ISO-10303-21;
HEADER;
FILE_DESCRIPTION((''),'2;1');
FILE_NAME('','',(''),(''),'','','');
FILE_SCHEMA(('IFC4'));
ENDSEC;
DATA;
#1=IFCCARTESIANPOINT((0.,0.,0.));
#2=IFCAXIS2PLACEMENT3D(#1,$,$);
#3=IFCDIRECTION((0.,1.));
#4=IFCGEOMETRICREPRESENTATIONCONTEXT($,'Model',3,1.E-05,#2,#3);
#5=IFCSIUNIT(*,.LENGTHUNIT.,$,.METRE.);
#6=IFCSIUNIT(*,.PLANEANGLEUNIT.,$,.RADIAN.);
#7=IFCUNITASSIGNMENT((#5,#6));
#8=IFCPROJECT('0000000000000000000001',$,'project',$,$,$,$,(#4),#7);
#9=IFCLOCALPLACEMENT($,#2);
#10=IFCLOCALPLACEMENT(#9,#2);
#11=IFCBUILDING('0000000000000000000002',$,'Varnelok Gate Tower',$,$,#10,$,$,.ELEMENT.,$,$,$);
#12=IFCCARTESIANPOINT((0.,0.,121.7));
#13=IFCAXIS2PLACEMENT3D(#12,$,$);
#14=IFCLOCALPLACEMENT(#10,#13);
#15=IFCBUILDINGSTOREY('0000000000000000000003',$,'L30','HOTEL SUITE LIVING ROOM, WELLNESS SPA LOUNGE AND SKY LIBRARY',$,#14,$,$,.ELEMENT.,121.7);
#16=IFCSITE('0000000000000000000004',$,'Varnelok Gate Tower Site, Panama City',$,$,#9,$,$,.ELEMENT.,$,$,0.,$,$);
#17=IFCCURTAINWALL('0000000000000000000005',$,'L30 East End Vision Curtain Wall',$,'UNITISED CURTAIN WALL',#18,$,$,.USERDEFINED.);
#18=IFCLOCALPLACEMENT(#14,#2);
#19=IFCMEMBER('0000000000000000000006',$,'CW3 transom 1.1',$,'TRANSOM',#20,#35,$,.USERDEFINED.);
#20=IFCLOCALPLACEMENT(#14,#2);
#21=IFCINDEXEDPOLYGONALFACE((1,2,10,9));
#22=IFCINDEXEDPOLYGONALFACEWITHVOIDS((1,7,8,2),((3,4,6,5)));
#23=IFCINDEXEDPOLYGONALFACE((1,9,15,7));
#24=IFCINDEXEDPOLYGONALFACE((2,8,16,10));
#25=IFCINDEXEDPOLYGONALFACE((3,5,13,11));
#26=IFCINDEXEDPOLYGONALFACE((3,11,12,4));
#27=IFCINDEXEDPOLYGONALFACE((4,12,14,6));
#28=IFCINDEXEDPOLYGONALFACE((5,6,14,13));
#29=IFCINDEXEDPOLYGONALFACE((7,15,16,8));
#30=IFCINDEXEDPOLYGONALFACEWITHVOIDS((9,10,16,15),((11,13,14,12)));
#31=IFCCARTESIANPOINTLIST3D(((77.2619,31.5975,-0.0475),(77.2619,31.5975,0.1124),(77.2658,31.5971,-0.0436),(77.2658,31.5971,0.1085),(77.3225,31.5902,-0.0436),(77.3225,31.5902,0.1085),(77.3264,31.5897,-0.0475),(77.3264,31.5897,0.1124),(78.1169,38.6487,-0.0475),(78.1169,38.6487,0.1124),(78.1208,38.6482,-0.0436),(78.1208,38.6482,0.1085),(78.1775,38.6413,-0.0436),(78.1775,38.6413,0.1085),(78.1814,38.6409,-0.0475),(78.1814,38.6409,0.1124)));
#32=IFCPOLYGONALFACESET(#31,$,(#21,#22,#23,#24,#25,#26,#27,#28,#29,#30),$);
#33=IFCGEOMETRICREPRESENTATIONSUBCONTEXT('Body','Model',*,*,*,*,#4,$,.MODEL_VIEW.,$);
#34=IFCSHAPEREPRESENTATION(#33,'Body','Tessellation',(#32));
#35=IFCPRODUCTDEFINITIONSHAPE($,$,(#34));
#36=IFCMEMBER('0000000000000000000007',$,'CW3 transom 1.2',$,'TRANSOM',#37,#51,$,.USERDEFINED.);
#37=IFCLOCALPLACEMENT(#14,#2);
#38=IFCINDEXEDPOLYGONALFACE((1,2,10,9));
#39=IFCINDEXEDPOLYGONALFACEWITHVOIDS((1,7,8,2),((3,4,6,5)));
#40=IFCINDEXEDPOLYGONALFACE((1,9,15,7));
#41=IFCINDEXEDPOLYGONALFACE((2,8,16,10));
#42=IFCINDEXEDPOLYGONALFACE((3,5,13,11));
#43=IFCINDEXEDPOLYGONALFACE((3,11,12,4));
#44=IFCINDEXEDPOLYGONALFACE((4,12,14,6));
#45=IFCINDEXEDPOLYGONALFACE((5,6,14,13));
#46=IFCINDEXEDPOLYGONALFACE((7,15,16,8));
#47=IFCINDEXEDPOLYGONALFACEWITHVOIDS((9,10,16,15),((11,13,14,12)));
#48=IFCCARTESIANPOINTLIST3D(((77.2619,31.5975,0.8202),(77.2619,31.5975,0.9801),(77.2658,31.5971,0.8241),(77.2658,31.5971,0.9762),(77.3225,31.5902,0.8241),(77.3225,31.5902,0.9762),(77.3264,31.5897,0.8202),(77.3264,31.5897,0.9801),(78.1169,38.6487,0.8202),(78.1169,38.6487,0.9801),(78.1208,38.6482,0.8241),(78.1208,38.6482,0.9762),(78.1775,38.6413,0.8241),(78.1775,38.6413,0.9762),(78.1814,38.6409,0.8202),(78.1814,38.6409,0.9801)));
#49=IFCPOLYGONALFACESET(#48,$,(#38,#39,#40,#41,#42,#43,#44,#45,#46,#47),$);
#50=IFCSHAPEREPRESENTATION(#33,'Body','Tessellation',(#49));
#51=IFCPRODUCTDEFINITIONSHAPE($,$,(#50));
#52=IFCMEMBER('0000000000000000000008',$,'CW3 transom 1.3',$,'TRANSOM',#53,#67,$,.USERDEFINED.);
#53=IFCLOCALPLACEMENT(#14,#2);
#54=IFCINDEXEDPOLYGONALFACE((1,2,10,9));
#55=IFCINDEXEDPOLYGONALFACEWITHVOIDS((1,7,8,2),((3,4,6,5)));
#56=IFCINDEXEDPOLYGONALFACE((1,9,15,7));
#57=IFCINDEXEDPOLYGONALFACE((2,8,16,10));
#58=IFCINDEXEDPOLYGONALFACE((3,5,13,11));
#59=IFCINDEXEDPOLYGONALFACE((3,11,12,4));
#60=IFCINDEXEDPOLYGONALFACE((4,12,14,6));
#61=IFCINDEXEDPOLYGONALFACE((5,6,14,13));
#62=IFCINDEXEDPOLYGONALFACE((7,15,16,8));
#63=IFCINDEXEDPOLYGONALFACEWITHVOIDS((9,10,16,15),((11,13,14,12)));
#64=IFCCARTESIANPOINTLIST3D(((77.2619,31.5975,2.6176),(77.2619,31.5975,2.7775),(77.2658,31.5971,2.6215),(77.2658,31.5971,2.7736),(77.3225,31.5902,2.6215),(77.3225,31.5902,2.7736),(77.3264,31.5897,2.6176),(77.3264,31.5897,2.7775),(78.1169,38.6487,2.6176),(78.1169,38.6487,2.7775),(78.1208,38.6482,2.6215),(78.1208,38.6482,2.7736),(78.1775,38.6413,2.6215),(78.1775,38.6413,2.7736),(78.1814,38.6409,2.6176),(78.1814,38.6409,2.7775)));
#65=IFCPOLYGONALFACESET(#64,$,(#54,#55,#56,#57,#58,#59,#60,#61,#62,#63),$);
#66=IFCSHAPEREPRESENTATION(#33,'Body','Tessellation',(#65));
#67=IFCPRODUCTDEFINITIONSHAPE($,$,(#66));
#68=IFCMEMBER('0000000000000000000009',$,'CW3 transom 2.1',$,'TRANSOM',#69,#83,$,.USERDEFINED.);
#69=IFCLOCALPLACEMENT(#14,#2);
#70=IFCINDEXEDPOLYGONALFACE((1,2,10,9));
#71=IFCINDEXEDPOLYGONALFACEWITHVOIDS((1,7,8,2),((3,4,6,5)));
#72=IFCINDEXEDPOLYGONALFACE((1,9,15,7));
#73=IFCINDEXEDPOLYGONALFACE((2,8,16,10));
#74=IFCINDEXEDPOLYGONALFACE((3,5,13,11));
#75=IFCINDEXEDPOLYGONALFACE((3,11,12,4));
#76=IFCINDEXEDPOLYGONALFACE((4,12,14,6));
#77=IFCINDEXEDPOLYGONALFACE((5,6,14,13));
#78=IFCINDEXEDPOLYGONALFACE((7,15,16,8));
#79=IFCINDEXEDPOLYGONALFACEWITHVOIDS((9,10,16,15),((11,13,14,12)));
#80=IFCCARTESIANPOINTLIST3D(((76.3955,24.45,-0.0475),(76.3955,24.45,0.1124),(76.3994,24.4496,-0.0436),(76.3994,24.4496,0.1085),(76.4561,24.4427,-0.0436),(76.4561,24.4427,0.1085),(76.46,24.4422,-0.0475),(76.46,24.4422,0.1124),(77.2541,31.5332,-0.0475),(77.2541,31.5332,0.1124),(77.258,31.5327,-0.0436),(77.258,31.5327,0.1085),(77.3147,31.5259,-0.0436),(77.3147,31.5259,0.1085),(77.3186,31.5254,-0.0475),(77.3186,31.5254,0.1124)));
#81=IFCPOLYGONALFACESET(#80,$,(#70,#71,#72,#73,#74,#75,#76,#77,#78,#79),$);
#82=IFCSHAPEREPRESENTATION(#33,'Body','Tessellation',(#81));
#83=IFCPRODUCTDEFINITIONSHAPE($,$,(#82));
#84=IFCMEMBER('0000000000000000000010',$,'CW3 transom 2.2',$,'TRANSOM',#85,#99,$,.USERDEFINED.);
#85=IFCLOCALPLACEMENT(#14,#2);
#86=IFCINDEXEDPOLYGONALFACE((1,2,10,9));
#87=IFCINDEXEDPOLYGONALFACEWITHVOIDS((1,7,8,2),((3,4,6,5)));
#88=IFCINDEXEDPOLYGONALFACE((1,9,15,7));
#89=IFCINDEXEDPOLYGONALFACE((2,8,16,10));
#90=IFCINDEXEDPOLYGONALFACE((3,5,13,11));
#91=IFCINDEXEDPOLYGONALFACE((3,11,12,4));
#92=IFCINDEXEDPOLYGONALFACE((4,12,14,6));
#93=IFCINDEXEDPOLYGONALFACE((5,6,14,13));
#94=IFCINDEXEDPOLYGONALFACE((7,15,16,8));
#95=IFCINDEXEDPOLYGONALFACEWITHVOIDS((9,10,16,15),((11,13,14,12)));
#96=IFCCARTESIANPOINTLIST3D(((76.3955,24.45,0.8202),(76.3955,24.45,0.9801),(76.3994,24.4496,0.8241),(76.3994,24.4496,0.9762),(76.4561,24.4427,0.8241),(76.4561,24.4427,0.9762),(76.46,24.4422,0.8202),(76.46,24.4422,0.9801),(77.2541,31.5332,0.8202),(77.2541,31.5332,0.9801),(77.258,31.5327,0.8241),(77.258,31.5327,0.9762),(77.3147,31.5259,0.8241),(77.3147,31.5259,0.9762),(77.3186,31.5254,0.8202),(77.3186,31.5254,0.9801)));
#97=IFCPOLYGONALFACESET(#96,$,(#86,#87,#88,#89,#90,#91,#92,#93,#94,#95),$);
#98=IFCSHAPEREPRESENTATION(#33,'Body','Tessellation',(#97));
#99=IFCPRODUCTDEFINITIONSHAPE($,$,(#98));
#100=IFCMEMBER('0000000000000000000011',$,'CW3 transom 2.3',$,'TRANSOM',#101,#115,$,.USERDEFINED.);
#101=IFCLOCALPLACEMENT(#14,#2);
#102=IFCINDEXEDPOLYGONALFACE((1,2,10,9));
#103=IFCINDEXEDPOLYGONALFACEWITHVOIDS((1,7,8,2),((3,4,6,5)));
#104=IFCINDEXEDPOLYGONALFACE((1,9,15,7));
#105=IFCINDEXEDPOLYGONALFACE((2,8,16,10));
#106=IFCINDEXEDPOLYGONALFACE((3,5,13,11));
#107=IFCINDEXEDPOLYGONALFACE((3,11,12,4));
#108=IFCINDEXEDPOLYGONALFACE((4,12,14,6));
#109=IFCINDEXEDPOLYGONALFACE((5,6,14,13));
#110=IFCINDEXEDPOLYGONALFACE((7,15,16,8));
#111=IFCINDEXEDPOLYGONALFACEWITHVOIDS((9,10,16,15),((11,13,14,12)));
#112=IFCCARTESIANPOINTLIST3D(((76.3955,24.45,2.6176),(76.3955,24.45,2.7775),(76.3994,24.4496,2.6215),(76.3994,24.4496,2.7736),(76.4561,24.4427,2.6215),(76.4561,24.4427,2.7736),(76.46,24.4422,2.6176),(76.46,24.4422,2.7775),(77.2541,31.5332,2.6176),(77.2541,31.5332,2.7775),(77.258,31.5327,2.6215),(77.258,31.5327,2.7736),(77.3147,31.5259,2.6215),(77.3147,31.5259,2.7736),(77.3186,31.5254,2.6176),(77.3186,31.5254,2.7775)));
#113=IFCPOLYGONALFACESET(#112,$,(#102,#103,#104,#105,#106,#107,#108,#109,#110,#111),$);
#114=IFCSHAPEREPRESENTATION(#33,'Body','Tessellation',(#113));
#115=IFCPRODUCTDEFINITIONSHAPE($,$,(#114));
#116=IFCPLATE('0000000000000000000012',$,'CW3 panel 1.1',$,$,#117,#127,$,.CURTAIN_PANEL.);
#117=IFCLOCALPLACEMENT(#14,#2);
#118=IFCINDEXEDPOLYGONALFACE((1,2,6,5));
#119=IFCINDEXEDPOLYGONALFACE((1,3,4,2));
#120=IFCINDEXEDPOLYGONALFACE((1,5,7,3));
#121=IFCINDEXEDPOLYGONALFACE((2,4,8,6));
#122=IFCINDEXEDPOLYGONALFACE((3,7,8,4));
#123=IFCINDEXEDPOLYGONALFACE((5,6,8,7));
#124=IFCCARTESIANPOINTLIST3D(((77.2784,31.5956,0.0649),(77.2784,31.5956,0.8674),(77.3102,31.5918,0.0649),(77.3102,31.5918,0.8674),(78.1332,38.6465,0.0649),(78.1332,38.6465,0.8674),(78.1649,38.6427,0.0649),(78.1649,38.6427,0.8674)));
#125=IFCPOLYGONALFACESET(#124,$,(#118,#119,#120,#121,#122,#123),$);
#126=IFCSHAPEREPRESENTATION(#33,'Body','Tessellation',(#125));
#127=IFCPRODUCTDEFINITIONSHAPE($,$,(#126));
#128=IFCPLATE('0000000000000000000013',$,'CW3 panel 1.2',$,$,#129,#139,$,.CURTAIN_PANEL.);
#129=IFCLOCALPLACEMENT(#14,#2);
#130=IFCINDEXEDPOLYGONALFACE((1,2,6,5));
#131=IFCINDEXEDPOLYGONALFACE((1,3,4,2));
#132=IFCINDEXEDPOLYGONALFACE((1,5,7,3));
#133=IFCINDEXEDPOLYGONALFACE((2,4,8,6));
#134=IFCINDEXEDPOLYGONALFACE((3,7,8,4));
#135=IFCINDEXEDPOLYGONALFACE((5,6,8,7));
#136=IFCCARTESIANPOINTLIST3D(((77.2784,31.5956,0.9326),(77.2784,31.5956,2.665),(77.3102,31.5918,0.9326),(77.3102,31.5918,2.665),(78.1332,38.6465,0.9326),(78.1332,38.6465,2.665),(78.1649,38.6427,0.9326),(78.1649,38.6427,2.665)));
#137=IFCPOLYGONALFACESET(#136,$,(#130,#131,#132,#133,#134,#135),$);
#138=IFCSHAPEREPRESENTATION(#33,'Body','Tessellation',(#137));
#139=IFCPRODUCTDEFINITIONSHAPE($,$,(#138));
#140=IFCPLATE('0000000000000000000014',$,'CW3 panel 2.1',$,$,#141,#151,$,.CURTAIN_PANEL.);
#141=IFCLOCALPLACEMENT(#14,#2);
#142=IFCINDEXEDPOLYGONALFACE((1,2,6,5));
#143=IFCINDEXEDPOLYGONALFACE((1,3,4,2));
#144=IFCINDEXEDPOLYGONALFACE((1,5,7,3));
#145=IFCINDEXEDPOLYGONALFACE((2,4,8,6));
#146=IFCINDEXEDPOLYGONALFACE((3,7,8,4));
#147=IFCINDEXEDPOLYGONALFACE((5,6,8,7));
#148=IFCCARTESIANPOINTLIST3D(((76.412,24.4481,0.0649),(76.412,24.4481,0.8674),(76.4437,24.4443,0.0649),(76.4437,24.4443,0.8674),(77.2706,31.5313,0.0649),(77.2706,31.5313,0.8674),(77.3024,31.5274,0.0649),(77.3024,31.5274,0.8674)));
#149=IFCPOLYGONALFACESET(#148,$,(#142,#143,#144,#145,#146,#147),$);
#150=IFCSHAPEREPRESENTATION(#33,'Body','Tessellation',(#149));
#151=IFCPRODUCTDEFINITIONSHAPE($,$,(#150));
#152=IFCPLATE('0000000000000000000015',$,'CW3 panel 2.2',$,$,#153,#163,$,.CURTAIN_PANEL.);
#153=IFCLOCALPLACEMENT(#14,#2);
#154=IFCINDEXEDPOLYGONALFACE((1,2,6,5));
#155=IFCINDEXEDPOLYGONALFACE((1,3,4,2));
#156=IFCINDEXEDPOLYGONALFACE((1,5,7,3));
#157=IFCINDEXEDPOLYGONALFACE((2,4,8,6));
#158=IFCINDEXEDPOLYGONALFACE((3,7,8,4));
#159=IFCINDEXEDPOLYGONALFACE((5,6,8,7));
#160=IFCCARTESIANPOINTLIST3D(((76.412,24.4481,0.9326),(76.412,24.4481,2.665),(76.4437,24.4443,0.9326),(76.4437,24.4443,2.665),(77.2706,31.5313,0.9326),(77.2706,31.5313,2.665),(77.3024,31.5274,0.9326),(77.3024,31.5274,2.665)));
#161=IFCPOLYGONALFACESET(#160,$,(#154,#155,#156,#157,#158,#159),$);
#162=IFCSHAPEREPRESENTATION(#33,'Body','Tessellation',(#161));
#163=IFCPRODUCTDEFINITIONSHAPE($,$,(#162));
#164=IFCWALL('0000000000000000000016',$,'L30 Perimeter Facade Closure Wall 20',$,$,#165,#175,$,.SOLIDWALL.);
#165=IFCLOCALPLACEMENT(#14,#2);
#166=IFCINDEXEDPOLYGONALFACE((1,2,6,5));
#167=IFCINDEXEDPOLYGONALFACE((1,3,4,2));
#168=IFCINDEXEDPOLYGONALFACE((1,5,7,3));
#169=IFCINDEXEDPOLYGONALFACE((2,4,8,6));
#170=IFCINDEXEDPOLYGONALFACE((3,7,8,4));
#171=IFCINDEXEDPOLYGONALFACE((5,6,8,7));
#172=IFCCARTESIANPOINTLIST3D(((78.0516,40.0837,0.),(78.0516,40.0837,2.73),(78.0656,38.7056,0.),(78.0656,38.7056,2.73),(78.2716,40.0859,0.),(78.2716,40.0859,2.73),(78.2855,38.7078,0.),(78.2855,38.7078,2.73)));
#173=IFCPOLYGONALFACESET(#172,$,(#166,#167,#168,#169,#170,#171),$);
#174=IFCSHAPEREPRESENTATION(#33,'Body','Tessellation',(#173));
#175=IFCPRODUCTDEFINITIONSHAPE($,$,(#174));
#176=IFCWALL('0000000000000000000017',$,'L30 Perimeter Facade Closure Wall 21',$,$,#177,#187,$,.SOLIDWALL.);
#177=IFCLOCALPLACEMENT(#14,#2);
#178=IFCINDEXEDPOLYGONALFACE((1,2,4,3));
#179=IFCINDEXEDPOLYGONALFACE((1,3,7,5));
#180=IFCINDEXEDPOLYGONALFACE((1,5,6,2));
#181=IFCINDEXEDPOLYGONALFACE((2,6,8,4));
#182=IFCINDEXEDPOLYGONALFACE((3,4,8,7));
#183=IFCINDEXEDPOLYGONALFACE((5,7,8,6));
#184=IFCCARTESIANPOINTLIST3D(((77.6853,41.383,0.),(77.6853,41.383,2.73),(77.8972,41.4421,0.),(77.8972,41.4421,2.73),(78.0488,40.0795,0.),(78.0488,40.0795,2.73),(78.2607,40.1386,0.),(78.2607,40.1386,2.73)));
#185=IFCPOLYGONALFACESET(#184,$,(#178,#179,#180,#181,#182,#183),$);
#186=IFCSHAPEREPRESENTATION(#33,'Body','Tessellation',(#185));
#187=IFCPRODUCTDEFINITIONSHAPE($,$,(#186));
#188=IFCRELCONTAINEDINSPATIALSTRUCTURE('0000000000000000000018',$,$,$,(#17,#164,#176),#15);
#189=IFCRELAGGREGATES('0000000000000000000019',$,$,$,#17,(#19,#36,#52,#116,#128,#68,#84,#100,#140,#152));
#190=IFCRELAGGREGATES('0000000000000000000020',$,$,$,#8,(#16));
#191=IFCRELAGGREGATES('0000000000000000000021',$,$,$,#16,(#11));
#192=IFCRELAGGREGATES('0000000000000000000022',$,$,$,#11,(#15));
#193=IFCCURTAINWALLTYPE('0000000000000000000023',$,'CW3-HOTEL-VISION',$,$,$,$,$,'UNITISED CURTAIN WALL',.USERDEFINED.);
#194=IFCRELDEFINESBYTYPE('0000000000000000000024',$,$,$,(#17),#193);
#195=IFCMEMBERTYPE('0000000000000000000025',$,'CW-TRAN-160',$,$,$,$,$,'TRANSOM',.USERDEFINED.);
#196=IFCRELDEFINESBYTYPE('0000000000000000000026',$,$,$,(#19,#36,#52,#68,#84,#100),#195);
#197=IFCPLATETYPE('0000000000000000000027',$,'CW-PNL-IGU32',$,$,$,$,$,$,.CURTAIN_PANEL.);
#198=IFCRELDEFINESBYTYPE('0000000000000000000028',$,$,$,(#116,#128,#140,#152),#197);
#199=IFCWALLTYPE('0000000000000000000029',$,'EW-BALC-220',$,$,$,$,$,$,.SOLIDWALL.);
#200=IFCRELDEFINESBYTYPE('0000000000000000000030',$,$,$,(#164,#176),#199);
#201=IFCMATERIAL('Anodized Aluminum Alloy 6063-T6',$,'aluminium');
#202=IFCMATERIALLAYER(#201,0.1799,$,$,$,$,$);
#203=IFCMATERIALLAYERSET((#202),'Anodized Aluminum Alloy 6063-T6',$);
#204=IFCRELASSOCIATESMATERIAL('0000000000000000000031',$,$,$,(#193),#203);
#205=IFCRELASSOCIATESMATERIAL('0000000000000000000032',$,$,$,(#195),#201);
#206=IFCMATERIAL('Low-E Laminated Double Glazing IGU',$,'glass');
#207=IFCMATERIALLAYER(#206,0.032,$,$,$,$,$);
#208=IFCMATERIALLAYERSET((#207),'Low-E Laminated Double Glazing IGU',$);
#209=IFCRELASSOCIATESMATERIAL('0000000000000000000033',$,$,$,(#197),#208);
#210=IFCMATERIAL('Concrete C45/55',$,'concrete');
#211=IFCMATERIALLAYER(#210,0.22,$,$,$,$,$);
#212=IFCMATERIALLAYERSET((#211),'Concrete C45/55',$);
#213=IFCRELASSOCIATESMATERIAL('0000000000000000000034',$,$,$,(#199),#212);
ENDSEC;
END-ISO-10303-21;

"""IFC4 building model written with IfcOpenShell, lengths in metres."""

from ifc_helpers import new_model, si_unit, direction, frame, frame_2d, origin, origin_2d, place, context, subcontext, project, spatial, rectangle, hollow_rectangle, extrude, source, transform, mapped, material, layer, layer_set, material_profile, profile_set, type_object, element, aggregate, save


model = new_model("IFC4")

# Units and contexts
model_context = context("Model", 3, precision=1e-05, world=origin(), true_north=direction((0.0, 1.0)))
body_context = subcontext(model_context, "Body", "Model", "MODEL_VIEW")
ifc_project = project(units=[si_unit("LENGTHUNIT", "METRE"), si_unit("PLANEANGLEUNIT", "RADIAN")], contexts=[model_context])

# Site, building, storey
site_placement = place(None, origin())
site = spatial("IfcSite", under=ifc_project, at=site_placement, Name="Varnelok Gate Tower Site, Panama City", CompositionType="ELEMENT", RefElevation=0.0)
building_placement = place(site_placement, origin())
building = spatial("IfcBuilding", under=site, at=building_placement, Name="Varnelok Gate Tower", CompositionType="ELEMENT")
storey_placement = place(building_placement, frame((0.0, 0.0, 121.7)))
storey = spatial("IfcBuildingStorey", under=building, at=storey_placement, Name="L30", Description="HOTEL SUITE LIVING ROOM, WELLNESS SPA LOUNGE AND SKY LIBRARY", CompositionType="ELEMENT", Elevation=121.7)

# Curtain wall, members, plates
ifc_material_1 = material(Name="Anodized Aluminum Alloy 6063-T6", Category="aluminium")
ifc_layer_1 = layer(ifc_material_1, 0.1799)
ifc_layer_set_1 = layer_set([ifc_layer_1], Name="Anodized Aluminum Alloy 6063-T6")
curtain_wall_type = type_object("IfcCurtainWallType", Name="CW3-HOTEL-VISION", ElementType="UNITISED CURTAIN WALL", PredefinedType="USERDEFINED", material=ifc_layer_set_1)
curtain_wall_placement = place(storey_placement, origin())
curtain_wall = element("IfcCurtainWall", 1, at=curtain_wall_placement, inside=storey, type_object=curtain_wall_type, Name="L30 East End Vision Curtain Wall", ObjectType="UNITISED CURTAIN WALL", PredefinedType="USERDEFINED")
ifc_material_profile_1 = material_profile(ifc_material_1, hollow_rectangle(XDim=0.0649, YDim=0.1599, WallThickness=0.0039, at=origin_2d()), Name="ALU160X65X4")
ifc_profile_set_1 = profile_set([ifc_material_profile_1], Name="Anodized Aluminum Alloy 6063-T6")
member_type_1 = type_object("IfcMemberType", Name="CW-TRAN-160", ElementType="TRANSOM", PredefinedType="USERDEFINED", material=ifc_profile_set_1)
member_1_placement = place(storey_placement, frame((78.1492, 38.6448, 0.0325), z_axis=(-0.120374, -0.992729, 0.0), x_axis=(0.992729, -0.120374, 0.0)))
member_1 = element("IfcMember", 2, at=member_1_placement, type_object=member_type_1, Name="CW3 transom 1.1", ObjectType="TRANSOM", PredefinedType="USERDEFINED", context=body_context, shape_type="SweptSolid", body=[
    extrude(hollow_rectangle(XDim=0.0649, YDim=0.1599, WallThickness=0.0039, at=origin_2d()), origin(), (0.0, 0.0, 1.0), 7.1028),
])
member_2_placement = place(storey_placement, frame((78.1492, 38.6448, 0.9001), z_axis=(-0.120374, -0.992729, 0.0), x_axis=(0.992729, -0.120374, 0.0)))
member_2 = element("IfcMember", 3, at=member_2_placement, type_object=member_type_1, Name="CW3 transom 1.2", ObjectType="TRANSOM", PredefinedType="USERDEFINED", context=body_context, shape_type="SweptSolid", body=[
    extrude(hollow_rectangle(XDim=0.0649, YDim=0.1599, WallThickness=0.0039, at=origin_2d()), origin(), (0.0, 0.0, 1.0), 7.1028),
])
member_3_placement = place(storey_placement, frame((78.1492, 38.6448, 2.6975), z_axis=(-0.120374, -0.992729, 0.0), x_axis=(0.992729, -0.120374, 0.0)))
member_3 = element("IfcMember", 4, at=member_3_placement, type_object=member_type_1, Name="CW3 transom 1.3", ObjectType="TRANSOM", PredefinedType="USERDEFINED", context=body_context, shape_type="SweptSolid", body=[
    extrude(hollow_rectangle(XDim=0.0649, YDim=0.1599, WallThickness=0.0039, at=origin_2d()), origin(), (0.0, 0.0, 1.0), 7.1028),
])
member_4_placement = place(storey_placement, frame((77.2864, 31.5293, 0.0325), z_axis=(-0.120341, -0.992733, 0.0), x_axis=(0.992733, -0.120341, 0.0)))
member_4 = element("IfcMember", 5, at=member_4_placement, type_object=member_type_1, Name="CW3 transom 2.1", ObjectType="TRANSOM", PredefinedType="USERDEFINED", context=body_context, shape_type="SweptSolid", body=[
    extrude(hollow_rectangle(XDim=0.0649, YDim=0.1599, WallThickness=0.0039, at=origin_2d()), origin(), (0.0, 0.0, 1.0), 7.135),
])
member_5_placement = place(storey_placement, frame((77.2864, 31.5293, 0.9001), z_axis=(-0.120341, -0.992733, 0.0), x_axis=(0.992733, -0.120341, 0.0)))
member_5 = element("IfcMember", 6, at=member_5_placement, type_object=member_type_1, Name="CW3 transom 2.2", ObjectType="TRANSOM", PredefinedType="USERDEFINED", context=body_context, shape_type="SweptSolid", body=[
    extrude(hollow_rectangle(XDim=0.0649, YDim=0.1599, WallThickness=0.0039, at=origin_2d()), origin(), (0.0, 0.0, 1.0), 7.135),
])
member_6_placement = place(storey_placement, frame((77.2864, 31.5293, 2.6975), z_axis=(-0.120341, -0.992733, 0.0), x_axis=(0.992733, -0.120341, 0.0)))
member_6 = element("IfcMember", 7, at=member_6_placement, type_object=member_type_1, Name="CW3 transom 2.3", ObjectType="TRANSOM", PredefinedType="USERDEFINED", context=body_context, shape_type="SweptSolid", body=[
    extrude(hollow_rectangle(XDim=0.0649, YDim=0.1599, WallThickness=0.0039, at=origin_2d()), origin(), (0.0, 0.0, 1.0), 7.135),
])
ifc_material_2 = material(Name="Low-E Laminated Double Glazing IGU", Category="glass")
ifc_layer_2 = layer(ifc_material_2, 0.032)
ifc_layer_set_2 = layer_set([ifc_layer_2], Name="Low-E Laminated Double Glazing IGU")
plate_type = type_object("IfcPlateType", Name="CW-PNL-IGU32", PredefinedType="CURTAIN_PANEL", material=ifc_layer_set_2)
shared_shape_1 = source(origin(), body_context, "Body", "SweptSolid", [
    extrude(rectangle(XDim=7.1025, YDim=0.032, at=origin_2d()), origin(), (0.0, 0.0, 1.0), 0.8025),
])
plate_1_placement = place(storey_placement, frame((77.7217, 35.1191, 0.0649), z_axis=(0.0, 0.0, 1.0), x_axis=(-0.120347, -0.992732, 0.0)))
plate_1 = element("IfcPlate", 8, at=plate_1_placement, type_object=plate_type, Name="CW3 panel 1.1", PredefinedType="CURTAIN_PANEL", context=body_context, shape_type="MappedRepresentation", body=[
    mapped(shared_shape_1, transform((0.0, 0.0, 0.0), scale=1.0)),
])
shared_shape_2 = source(origin(), body_context, "Body", "SweptSolid", [
    extrude(rectangle(XDim=7.1025, YDim=0.032, at=origin_2d()), origin(), (0.0, 0.0, 1.0), 1.7324),
])
plate_2_placement = place(storey_placement, frame((77.7217, 35.1191, 0.9326), z_axis=(0.0, 0.0, 1.0), x_axis=(-0.120347, -0.992732, 0.0)))
plate_2 = element("IfcPlate", 9, at=plate_2_placement, type_object=plate_type, Name="CW3 panel 1.2", PredefinedType="CURTAIN_PANEL", context=body_context, shape_type="MappedRepresentation", body=[
    mapped(shared_shape_2, transform((0.0, 0.0, 0.0), scale=1.0)),
])
shared_shape_3 = source(origin(), body_context, "Body", "SweptSolid", [
    extrude(rectangle(XDim=7.135, YDim=0.032, at=origin_2d()), origin(), (0.0, 0.0, 1.0), 0.8025),
])
plate_3_placement = place(storey_placement, frame((76.8572, 27.9878, 0.0649), z_axis=(0.0, 0.0, 1.0), x_axis=(-0.120347, -0.992732, 0.0)))
plate_3 = element("IfcPlate", 10, at=plate_3_placement, type_object=plate_type, Name="CW3 panel 2.1", PredefinedType="CURTAIN_PANEL", context=body_context, shape_type="MappedRepresentation", body=[
    mapped(shared_shape_3, transform((0.0, 0.0, 0.0), scale=1.0)),
])
shared_shape_4 = source(origin(), body_context, "Body", "SweptSolid", [
    extrude(rectangle(XDim=7.135, YDim=0.032, at=origin_2d()), origin(), (0.0, 0.0, 1.0), 1.7324),
])
plate_4_placement = place(storey_placement, frame((76.8572, 27.9878, 0.9326), z_axis=(0.0, 0.0, 1.0), x_axis=(-0.120347, -0.992732, 0.0)))
plate_4 = element("IfcPlate", 11, at=plate_4_placement, type_object=plate_type, Name="CW3 panel 2.2", PredefinedType="CURTAIN_PANEL", context=body_context, shape_type="MappedRepresentation", body=[
    mapped(shared_shape_4, transform((0.0, 0.0, 0.0), scale=1.0)),
])
aggregate(curtain_wall, [member_1, member_2, member_3, plate_1, plate_2, member_4, member_5, member_6, plate_3, plate_4])

# Walls
ifc_material_3 = material(Name="Concrete C45/55", Category="concrete")
ifc_layer_3 = layer(ifc_material_3, 0.22)
ifc_layer_set_3 = layer_set([ifc_layer_3], Name="Concrete C45/55")
wall_type_1 = type_object("IfcWallType", Name="EW-BALC-220", PredefinedType="SOLIDWALL", material=ifc_layer_set_3)
wall_1_placement = place(storey_placement, frame((78.1755, 38.7068, 0.0), z_axis=(0.0, 0.0, 1.0), x_axis=(-0.010097, 0.999949, 0.0)))
element("IfcWall", 12, at=wall_1_placement, inside=storey, type_object=wall_type_1, Name="L30 Perimeter Facade Closure Wall 20", PredefinedType="SOLIDWALL", context=body_context, shape_type="SweptSolid", body=[
    extrude(rectangle(XDim=1.3782, YDim=0.22, at=frame_2d((0.689, 0.0))), origin(), (0.0, 0.0, 1.0), 2.73),
])
wall_2_placement = place(storey_placement, frame((78.1548, 40.1089, 0.0), z_axis=(0.0, 0.0, 1.0), x_axis=(-0.268639, 0.963241, 0.0)))
element("IfcWall", 13, at=wall_2_placement, inside=storey, type_object=wall_type_1, Name="L30 Perimeter Facade Closure Wall 21", PredefinedType="SOLIDWALL", context=body_context, shape_type="SweptSolid", body=[
    extrude(rectangle(XDim=1.3533, YDim=0.22, at=frame_2d((0.6768, 0.0))), origin(), (0.0, 0.0, 1.0), 2.73),
])

save(model, "model.ifc")
